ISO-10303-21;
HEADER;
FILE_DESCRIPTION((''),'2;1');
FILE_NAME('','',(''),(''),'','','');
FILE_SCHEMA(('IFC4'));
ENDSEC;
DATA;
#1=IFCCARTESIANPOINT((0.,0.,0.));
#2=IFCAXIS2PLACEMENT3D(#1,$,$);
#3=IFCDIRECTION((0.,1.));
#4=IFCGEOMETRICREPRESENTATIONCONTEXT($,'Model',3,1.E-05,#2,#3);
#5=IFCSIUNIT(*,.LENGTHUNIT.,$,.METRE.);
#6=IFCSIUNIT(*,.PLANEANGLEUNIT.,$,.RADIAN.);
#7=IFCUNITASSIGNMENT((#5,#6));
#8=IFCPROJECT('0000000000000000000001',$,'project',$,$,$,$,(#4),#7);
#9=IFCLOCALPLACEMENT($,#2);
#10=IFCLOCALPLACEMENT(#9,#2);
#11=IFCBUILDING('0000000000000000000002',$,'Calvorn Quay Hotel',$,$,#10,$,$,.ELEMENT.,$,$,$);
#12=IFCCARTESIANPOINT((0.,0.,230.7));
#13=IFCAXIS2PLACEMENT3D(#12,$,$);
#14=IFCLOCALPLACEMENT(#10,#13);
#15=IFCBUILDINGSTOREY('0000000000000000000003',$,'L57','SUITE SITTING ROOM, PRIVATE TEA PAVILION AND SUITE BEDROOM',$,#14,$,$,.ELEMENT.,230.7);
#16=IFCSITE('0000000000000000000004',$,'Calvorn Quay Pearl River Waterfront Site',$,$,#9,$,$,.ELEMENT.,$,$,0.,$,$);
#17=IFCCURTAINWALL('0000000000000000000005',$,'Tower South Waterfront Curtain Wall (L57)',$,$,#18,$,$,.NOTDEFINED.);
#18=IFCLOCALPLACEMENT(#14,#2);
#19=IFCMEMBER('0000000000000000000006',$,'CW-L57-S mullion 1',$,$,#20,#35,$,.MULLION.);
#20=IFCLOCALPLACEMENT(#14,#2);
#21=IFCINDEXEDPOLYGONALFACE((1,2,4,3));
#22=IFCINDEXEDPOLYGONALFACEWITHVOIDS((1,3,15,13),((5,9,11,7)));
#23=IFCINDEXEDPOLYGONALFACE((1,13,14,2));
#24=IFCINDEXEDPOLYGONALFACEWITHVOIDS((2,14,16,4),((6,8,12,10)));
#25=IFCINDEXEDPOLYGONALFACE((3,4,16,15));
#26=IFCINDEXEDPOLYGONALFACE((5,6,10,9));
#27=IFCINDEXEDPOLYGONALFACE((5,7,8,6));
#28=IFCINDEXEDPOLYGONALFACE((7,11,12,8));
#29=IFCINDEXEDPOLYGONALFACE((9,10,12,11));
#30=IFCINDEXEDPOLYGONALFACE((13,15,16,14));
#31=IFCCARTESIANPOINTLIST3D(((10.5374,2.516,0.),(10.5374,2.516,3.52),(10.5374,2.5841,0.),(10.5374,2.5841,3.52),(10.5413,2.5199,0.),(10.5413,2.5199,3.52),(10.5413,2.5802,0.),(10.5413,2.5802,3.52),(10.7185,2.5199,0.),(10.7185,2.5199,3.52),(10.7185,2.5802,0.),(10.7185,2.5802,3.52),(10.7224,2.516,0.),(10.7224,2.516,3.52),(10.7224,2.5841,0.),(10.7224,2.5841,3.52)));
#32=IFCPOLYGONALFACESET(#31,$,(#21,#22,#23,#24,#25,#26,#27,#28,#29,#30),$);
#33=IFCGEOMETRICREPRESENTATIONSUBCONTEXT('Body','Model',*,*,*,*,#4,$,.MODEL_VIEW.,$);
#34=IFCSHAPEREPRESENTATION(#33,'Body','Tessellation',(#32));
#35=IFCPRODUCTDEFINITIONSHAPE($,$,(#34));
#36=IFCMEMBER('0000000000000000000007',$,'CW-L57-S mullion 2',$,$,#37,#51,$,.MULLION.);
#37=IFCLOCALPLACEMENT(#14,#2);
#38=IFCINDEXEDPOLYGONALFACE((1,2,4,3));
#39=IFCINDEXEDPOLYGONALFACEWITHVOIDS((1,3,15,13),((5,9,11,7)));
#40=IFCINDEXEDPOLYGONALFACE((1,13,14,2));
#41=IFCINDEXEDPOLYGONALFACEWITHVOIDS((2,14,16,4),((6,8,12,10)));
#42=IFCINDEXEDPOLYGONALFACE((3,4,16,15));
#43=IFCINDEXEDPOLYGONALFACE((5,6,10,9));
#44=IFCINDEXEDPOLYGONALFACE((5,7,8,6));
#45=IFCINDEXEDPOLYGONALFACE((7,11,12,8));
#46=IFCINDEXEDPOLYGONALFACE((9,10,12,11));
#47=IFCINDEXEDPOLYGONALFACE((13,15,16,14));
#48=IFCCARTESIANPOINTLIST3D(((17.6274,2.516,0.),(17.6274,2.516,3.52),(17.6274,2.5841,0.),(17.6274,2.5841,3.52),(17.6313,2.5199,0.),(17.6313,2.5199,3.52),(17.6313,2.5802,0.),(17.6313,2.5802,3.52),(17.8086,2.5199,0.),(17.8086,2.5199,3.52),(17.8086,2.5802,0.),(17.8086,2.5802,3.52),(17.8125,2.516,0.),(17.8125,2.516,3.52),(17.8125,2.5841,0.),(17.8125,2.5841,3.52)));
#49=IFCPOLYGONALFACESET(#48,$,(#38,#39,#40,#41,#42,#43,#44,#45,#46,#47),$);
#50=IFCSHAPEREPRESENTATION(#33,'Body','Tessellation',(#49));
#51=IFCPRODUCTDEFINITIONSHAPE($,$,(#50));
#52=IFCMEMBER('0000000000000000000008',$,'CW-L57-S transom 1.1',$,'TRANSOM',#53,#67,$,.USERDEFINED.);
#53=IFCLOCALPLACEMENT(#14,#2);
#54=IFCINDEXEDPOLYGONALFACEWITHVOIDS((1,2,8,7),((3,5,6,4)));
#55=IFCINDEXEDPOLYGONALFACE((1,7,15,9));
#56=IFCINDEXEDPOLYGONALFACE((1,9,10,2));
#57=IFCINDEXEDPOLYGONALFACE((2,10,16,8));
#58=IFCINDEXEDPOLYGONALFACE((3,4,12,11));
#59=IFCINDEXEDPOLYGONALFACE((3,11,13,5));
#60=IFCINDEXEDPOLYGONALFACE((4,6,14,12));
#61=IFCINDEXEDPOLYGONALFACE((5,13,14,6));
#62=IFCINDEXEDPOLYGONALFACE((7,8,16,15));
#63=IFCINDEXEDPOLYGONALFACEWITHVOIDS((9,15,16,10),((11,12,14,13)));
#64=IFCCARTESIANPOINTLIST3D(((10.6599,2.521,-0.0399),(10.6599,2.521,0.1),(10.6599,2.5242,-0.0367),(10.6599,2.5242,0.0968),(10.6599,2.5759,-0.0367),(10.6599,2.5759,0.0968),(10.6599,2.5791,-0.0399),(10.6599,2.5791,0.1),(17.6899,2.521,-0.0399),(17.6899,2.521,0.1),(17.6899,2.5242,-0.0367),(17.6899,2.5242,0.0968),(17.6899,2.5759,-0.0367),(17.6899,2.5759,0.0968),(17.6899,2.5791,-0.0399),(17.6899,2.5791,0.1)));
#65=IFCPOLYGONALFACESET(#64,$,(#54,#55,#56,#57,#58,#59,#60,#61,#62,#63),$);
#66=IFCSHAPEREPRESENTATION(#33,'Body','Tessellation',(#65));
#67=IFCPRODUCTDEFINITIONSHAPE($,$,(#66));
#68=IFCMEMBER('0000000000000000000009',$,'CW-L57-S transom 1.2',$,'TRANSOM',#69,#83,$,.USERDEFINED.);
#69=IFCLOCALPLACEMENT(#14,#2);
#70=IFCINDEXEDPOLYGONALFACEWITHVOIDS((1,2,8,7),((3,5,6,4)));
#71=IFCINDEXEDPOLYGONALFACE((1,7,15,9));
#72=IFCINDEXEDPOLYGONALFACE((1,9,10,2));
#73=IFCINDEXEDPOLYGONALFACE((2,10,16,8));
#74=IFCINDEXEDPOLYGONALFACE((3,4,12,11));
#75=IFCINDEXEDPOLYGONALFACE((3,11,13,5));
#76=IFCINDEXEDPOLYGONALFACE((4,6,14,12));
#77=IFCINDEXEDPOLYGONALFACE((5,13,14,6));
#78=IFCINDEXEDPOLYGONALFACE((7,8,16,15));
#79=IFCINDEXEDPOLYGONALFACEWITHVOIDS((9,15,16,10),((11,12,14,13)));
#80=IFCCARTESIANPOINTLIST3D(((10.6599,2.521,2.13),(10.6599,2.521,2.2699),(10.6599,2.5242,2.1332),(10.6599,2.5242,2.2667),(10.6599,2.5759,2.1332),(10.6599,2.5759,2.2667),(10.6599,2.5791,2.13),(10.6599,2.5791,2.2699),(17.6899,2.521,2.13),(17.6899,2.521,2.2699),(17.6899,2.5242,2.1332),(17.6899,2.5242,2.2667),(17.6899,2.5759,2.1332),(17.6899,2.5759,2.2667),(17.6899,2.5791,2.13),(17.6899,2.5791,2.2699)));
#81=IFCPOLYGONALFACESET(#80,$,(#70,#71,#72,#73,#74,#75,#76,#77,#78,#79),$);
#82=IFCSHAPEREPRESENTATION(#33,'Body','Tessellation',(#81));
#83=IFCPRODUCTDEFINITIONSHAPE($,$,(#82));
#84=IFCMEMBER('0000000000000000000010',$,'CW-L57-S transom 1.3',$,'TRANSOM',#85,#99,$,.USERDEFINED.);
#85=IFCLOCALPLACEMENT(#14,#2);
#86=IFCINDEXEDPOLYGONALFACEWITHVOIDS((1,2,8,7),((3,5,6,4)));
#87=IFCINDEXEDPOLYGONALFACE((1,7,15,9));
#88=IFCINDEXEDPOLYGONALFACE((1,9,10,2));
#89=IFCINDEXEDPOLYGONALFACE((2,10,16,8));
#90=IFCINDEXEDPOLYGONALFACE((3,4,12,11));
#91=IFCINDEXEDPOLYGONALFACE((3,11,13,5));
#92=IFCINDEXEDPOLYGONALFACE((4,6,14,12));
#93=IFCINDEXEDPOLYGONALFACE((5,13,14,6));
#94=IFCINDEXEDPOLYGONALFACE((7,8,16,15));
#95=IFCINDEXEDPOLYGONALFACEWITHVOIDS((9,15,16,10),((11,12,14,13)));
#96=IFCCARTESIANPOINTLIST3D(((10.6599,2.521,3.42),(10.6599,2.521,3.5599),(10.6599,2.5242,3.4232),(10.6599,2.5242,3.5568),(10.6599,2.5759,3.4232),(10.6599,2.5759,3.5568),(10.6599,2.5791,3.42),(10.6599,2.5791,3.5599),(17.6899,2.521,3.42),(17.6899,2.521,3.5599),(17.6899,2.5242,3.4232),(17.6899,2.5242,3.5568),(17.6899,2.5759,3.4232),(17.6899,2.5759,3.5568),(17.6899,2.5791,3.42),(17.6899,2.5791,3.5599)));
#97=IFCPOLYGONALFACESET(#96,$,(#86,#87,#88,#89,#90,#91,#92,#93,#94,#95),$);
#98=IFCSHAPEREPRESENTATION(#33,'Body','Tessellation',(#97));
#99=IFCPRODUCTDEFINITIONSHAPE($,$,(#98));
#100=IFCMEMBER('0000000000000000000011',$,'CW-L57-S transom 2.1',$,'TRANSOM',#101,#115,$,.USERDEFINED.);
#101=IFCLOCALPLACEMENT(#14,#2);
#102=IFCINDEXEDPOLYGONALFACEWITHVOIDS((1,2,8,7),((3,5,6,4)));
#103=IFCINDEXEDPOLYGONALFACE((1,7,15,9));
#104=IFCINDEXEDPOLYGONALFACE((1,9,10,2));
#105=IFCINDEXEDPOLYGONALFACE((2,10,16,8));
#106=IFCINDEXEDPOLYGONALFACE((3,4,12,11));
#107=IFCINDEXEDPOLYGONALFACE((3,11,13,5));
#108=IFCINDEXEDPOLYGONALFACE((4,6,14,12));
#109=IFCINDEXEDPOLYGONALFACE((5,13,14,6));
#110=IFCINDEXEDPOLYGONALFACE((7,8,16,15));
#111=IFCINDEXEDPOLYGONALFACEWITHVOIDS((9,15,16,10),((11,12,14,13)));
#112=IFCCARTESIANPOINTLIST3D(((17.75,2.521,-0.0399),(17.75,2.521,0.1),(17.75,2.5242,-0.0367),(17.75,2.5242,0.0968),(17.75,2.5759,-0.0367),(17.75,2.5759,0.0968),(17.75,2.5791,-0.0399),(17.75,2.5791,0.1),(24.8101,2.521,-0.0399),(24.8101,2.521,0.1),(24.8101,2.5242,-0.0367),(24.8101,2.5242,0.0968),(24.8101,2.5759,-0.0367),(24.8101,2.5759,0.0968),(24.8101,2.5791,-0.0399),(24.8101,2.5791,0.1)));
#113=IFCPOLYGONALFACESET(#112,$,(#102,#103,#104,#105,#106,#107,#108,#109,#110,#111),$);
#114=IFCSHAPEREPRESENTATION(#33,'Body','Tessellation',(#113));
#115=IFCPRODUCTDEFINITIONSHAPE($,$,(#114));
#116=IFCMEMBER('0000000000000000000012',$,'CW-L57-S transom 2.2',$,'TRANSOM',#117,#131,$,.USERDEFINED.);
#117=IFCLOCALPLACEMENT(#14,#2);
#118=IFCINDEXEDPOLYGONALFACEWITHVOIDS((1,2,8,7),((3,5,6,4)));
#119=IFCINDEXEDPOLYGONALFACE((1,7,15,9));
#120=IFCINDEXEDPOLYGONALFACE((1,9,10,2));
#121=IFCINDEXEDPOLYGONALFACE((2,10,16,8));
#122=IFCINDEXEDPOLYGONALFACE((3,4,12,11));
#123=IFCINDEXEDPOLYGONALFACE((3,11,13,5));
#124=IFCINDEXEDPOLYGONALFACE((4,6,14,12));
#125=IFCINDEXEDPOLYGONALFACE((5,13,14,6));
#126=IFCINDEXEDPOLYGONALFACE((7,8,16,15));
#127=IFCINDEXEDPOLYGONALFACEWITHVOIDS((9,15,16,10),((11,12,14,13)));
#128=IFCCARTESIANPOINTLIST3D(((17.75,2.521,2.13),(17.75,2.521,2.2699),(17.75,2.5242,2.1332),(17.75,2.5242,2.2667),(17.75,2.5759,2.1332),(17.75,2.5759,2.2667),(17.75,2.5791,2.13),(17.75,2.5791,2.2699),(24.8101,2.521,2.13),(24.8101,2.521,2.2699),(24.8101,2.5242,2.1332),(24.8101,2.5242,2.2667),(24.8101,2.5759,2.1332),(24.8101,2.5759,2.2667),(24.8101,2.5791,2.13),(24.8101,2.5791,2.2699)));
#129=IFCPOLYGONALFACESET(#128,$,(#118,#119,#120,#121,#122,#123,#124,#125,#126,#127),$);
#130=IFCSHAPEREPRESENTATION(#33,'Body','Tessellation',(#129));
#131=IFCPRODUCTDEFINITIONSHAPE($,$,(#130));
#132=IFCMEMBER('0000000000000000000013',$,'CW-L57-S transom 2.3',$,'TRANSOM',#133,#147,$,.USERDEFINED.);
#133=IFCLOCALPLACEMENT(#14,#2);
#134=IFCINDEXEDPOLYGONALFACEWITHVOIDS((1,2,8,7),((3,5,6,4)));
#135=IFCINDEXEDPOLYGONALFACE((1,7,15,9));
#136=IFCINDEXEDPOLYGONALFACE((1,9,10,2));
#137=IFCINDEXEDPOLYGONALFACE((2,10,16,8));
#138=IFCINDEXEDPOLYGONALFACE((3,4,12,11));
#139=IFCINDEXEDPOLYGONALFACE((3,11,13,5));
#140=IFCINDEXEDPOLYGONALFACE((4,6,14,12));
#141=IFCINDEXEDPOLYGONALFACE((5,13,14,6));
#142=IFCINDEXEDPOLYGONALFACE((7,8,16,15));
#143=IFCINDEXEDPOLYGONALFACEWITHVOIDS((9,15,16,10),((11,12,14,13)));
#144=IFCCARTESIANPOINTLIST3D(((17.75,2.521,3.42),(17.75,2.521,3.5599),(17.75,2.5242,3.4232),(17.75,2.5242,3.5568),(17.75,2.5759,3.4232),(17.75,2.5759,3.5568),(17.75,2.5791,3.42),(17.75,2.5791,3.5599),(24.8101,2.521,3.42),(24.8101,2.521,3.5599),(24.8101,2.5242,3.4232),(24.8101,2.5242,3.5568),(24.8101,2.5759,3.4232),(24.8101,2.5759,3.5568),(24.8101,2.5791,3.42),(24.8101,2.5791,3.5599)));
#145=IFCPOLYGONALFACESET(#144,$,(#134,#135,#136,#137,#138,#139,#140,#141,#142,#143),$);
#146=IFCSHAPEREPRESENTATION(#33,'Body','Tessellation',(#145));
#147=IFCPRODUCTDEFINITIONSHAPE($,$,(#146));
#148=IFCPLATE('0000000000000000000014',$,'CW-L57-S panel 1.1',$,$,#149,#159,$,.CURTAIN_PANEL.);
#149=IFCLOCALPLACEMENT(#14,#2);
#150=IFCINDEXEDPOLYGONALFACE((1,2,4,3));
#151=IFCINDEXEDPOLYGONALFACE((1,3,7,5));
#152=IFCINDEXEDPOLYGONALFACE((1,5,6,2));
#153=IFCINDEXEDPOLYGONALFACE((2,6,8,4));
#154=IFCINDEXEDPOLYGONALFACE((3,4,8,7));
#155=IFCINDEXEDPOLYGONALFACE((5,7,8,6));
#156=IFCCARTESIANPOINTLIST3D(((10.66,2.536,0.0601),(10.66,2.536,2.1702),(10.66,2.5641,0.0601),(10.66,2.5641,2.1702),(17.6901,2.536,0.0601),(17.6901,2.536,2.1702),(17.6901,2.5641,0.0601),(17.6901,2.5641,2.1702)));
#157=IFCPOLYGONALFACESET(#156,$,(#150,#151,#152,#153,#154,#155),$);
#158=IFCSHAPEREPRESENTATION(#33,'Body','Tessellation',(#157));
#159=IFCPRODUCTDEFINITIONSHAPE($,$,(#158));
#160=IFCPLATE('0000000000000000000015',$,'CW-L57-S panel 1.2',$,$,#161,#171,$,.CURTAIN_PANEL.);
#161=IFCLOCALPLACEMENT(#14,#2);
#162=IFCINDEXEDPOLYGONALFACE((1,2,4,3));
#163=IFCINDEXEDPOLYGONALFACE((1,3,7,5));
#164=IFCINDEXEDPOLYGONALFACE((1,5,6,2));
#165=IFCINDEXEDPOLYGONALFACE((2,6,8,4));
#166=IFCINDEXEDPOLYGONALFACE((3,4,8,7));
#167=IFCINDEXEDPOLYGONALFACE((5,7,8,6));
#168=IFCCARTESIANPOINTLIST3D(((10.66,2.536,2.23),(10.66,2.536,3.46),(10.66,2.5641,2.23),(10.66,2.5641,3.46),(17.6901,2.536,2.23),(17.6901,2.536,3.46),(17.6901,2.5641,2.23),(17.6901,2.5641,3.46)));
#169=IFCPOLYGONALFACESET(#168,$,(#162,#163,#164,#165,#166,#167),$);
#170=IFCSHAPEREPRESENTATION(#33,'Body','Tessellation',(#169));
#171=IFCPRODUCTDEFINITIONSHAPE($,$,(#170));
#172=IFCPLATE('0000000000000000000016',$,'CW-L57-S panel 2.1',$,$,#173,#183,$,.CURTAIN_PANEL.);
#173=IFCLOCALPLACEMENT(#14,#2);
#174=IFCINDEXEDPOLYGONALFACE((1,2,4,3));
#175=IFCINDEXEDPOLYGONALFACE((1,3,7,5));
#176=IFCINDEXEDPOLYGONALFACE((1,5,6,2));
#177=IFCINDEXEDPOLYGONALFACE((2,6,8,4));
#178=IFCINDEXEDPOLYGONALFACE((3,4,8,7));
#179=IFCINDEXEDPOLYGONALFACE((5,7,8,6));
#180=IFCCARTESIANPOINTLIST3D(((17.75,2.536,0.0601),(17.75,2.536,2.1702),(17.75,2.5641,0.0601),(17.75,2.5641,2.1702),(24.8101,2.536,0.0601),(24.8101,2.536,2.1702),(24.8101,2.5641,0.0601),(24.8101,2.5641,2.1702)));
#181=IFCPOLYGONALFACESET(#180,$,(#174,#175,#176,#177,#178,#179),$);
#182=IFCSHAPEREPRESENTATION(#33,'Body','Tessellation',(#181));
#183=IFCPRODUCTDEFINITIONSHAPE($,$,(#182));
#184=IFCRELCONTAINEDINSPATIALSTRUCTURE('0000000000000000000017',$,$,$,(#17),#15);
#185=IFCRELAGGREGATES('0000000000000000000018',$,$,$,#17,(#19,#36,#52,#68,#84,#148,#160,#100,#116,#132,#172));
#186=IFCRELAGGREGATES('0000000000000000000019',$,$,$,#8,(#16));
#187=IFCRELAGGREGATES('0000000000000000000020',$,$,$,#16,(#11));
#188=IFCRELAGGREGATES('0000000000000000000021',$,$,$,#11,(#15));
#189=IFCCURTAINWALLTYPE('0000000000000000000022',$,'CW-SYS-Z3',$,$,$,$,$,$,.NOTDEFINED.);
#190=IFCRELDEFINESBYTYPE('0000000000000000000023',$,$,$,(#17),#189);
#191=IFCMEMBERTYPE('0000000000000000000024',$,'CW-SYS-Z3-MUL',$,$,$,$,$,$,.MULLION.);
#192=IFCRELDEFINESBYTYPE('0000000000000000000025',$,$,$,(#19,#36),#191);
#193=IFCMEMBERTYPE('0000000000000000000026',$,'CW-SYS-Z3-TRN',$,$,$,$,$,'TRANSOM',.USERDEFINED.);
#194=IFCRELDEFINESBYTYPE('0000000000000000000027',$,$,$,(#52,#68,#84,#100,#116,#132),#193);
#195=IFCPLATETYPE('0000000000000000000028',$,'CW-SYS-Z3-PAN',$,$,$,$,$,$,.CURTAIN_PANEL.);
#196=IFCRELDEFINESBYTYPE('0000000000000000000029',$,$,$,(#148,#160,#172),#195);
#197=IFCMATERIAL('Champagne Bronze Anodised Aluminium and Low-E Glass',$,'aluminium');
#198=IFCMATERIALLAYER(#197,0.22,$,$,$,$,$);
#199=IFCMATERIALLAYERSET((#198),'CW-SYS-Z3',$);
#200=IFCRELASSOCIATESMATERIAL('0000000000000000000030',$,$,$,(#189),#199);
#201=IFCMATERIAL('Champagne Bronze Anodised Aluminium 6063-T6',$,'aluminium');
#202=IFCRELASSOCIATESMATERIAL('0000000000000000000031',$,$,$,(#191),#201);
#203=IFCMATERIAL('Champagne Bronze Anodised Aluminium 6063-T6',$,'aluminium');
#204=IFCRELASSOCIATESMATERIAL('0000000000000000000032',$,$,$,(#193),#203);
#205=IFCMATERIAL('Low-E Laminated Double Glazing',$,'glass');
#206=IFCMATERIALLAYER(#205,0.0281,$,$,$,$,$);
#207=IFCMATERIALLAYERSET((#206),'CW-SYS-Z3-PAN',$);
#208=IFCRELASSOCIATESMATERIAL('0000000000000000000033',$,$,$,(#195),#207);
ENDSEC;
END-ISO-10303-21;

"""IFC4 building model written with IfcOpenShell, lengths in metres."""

from ifc_helpers import new_model, si_unit, direction, frame, origin, origin_2d, place, context, subcontext, project, spatial, rectangle, hollow_rectangle, extrude, material, layer, layer_set, material_profile, profile_set, type_object, element, aggregate, save


model = new_model("IFC4")

# Units and contexts
model_context = context("Model", 3, precision=1e-05, world=origin(), true_north=direction((0.0, 1.0)))
body_context = subcontext(model_context, "Body", "Model", "MODEL_VIEW")
ifc_project = project(units=[si_unit("LENGTHUNIT", "METRE"), si_unit("PLANEANGLEUNIT", "RADIAN")], contexts=[model_context])

# Site, building, storey
site_placement = place(None, origin())
site = spatial("IfcSite", under=ifc_project, at=site_placement, Name="Calvorn Quay Pearl River Waterfront Site", CompositionType="ELEMENT", RefElevation=0.0)
building_placement = place(site_placement, origin())
building = spatial("IfcBuilding", under=site, at=building_placement, Name="Calvorn Quay Hotel", CompositionType="ELEMENT")
storey_placement = place(building_placement, frame((0.0, 0.0, 230.7)))
storey = spatial("IfcBuildingStorey", under=building, at=storey_placement, Name="L57", Description="SUITE SITTING ROOM, PRIVATE TEA PAVILION AND SUITE BEDROOM", CompositionType="ELEMENT", Elevation=230.7)

# Curtain wall, members, plates
ifc_material_1 = material(Name="Champagne Bronze Anodised Aluminium and Low-E Glass", Category="aluminium")
ifc_layer_1 = layer(ifc_material_1, 0.22)
ifc_layer_set_1 = layer_set([ifc_layer_1], Name="CW-SYS-Z3")
curtain_wall_type = type_object("IfcCurtainWallType", Name="CW-SYS-Z3", PredefinedType="NOTDEFINED", material=ifc_layer_set_1)
curtain_wall_placement = place(storey_placement, origin())
curtain_wall = element("IfcCurtainWall", 1, at=curtain_wall_placement, inside=storey, type_object=curtain_wall_type, Name="Tower South Waterfront Curtain Wall (L57)", PredefinedType="NOTDEFINED")
ifc_material_2 = material(Name="Champagne Bronze Anodised Aluminium 6063-T6", Category="aluminium")
ifc_material_profile_1 = material_profile(ifc_material_2, hollow_rectangle(XDim=0.0681, YDim=0.1851, WallThickness=0.0039, at=origin_2d()), Name="ALU-M185x68x4")
ifc_profile_set_1 = profile_set([ifc_material_profile_1], Name="Champagne Bronze Anodised Aluminium 6063-T6")
member_type_1 = type_object("IfcMemberType", Name="CW-SYS-Z3-MUL", PredefinedType="MULLION", material=ifc_profile_set_1)
member_1_placement = place(storey_placement, frame((10.6299, 2.55, 0.0), z_axis=(0.0, 0.0, 1.0), x_axis=(0.0, 1.0, 0.0)))
member_1 = element("IfcMember", 2, at=member_1_placement, type_object=member_type_1, Name="CW-L57-S mullion 1", PredefinedType="MULLION", context=body_context, shape_type="SweptSolid", body=[
    extrude(hollow_rectangle(XDim=0.0681, YDim=0.1851, WallThickness=0.0039, at=origin_2d()), origin(), (0.0, 0.0, 1.0), 3.52),
])
member_2_placement = place(storey_placement, frame((17.72, 2.55, 0.0), z_axis=(0.0, 0.0, 1.0), x_axis=(0.0, 1.0, 0.0)))
member_2 = element("IfcMember", 3, at=member_2_placement, type_object=member_type_1, Name="CW-L57-S mullion 2", PredefinedType="MULLION", context=body_context, shape_type="SweptSolid", body=[
    extrude(hollow_rectangle(XDim=0.0681, YDim=0.1851, WallThickness=0.0039, at=origin_2d()), origin(), (0.0, 0.0, 1.0), 3.52),
])
ifc_material_3 = material(Name="Champagne Bronze Anodised Aluminium 6063-T6", Category="aluminium")
ifc_material_profile_2 = material_profile(ifc_material_3, hollow_rectangle(XDim=0.0581, YDim=0.1399, WallThickness=0.0032, at=origin_2d()), Name="ALU-T140x58x3.2")
ifc_profile_set_2 = profile_set([ifc_material_profile_2], Name="Champagne Bronze Anodised Aluminium 6063-T6")
member_type_2 = type_object("IfcMemberType", Name="CW-SYS-Z3-TRN", ElementType="TRANSOM", PredefinedType="USERDEFINED", material=ifc_profile_set_2)
member_3_placement = place(storey_placement, frame((10.6599, 2.55, 0.03), z_axis=(1.0, 0.0, 0.0), x_axis=(0.0, 1.0, 0.0)))
member_3 = element("IfcMember", 4, at=member_3_placement, type_object=member_type_2, Name="CW-L57-S transom 1.1", ObjectType="TRANSOM", PredefinedType="USERDEFINED", context=body_context, shape_type="SweptSolid", body=[
    extrude(hollow_rectangle(XDim=0.0581, YDim=0.1399, WallThickness=0.0032, at=origin_2d()), origin(), (0.0, 0.0, 1.0), 7.03),
])
member_4_placement = place(storey_placement, frame((10.6599, 2.55, 2.2), z_axis=(1.0, 0.0, 0.0), x_axis=(0.0, 1.0, 0.0)))
member_4 = element("IfcMember", 5, at=member_4_placement, type_object=member_type_2, Name="CW-L57-S transom 1.2", ObjectType="TRANSOM", PredefinedType="USERDEFINED", context=body_context, shape_type="SweptSolid", body=[
    extrude(hollow_rectangle(XDim=0.0581, YDim=0.1399, WallThickness=0.0032, at=origin_2d()), origin(), (0.0, 0.0, 1.0), 7.03),
])
member_5_placement = place(storey_placement, frame((10.6599, 2.55, 3.49), z_axis=(1.0, 0.0, 0.0), x_axis=(0.0, 1.0, 0.0)))
member_5 = element("IfcMember", 6, at=member_5_placement, type_object=member_type_2, Name="CW-L57-S transom 1.3", ObjectType="TRANSOM", PredefinedType="USERDEFINED", context=body_context, shape_type="SweptSolid", body=[
    extrude(hollow_rectangle(XDim=0.0581, YDim=0.1399, WallThickness=0.0032, at=origin_2d()), origin(), (0.0, 0.0, 1.0), 7.03),
])
member_6_placement = place(storey_placement, frame((17.75, 2.55, 0.03), z_axis=(1.0, 0.0, 0.0), x_axis=(0.0, 1.0, 0.0)))
member_6 = element("IfcMember", 7, at=member_6_placement, type_object=member_type_2, Name="CW-L57-S transom 2.1", ObjectType="TRANSOM", PredefinedType="USERDEFINED", context=body_context, shape_type="SweptSolid", body=[
    extrude(hollow_rectangle(XDim=0.0581, YDim=0.1399, WallThickness=0.0032, at=origin_2d()), origin(), (0.0, 0.0, 1.0), 7.0601),
])
member_7_placement = place(storey_placement, frame((17.75, 2.55, 2.2), z_axis=(1.0, 0.0, 0.0), x_axis=(0.0, 1.0, 0.0)))
member_7 = element("IfcMember", 8, at=member_7_placement, type_object=member_type_2, Name="CW-L57-S transom 2.2", ObjectType="TRANSOM", PredefinedType="USERDEFINED", context=body_context, shape_type="SweptSolid", body=[
    extrude(hollow_rectangle(XDim=0.0581, YDim=0.1399, WallThickness=0.0032, at=origin_2d()), origin(), (0.0, 0.0, 1.0), 7.0601),
])
member_8_placement = place(storey_placement, frame((17.75, 2.55, 3.49), z_axis=(1.0, 0.0, 0.0), x_axis=(0.0, 1.0, 0.0)))
member_8 = element("IfcMember", 9, at=member_8_placement, type_object=member_type_2, Name="CW-L57-S transom 2.3", ObjectType="TRANSOM", PredefinedType="USERDEFINED", context=body_context, shape_type="SweptSolid", body=[
    extrude(hollow_rectangle(XDim=0.0581, YDim=0.1399, WallThickness=0.0032, at=origin_2d()), origin(), (0.0, 0.0, 1.0), 7.0601),
])
ifc_material_4 = material(Name="Low-E Laminated Double Glazing", Category="glass")
ifc_layer_2 = layer(ifc_material_4, 0.0281)
ifc_layer_set_2 = layer_set([ifc_layer_2], Name="CW-SYS-Z3-PAN")
plate_type = type_object("IfcPlateType", Name="CW-SYS-Z3-PAN", PredefinedType="CURTAIN_PANEL", material=ifc_layer_set_2)
plate_1_placement = place(storey_placement, frame((14.175, 2.55, 0.0601), z_axis=(0.0, 0.0, 1.0), x_axis=(1.0, 0.0, 0.0)))
plate_1 = element("IfcPlate", 10, at=plate_1_placement, type_object=plate_type, Name="CW-L57-S panel 1.1", PredefinedType="CURTAIN_PANEL", context=body_context, shape_type="SweptSolid", body=[
    extrude(rectangle(XDim=7.03, YDim=0.0281, at=origin_2d()), origin(), (0.0, 0.0, 1.0), 2.1101),
])
plate_2_placement = place(storey_placement, frame((14.175, 2.55, 2.23), z_axis=(0.0, 0.0, 1.0), x_axis=(1.0, 0.0, 0.0)))
plate_2 = element("IfcPlate", 11, at=plate_2_placement, type_object=plate_type, Name="CW-L57-S panel 1.2", PredefinedType="CURTAIN_PANEL", context=body_context, shape_type="SweptSolid", body=[
    extrude(rectangle(XDim=7.03, YDim=0.0281, at=origin_2d()), origin(), (0.0, 0.0, 1.0), 1.23),
])
plate_3_placement = place(storey_placement, frame((21.28, 2.55, 0.0601), z_axis=(0.0, 0.0, 1.0), x_axis=(1.0, 0.0, 0.0)))
plate_3 = element("IfcPlate", 12, at=plate_3_placement, type_object=plate_type, Name="CW-L57-S panel 2.1", PredefinedType="CURTAIN_PANEL", context=body_context, shape_type="SweptSolid", body=[
    extrude(rectangle(XDim=7.0601, YDim=0.0281, at=origin_2d()), origin(), (0.0, 0.0, 1.0), 2.1101),
])
aggregate(curtain_wall, [member_1, member_2, member_3, member_4, member_5, plate_1, plate_2, member_6, member_7, member_8, plate_3])

save(model, "model.ifc")
